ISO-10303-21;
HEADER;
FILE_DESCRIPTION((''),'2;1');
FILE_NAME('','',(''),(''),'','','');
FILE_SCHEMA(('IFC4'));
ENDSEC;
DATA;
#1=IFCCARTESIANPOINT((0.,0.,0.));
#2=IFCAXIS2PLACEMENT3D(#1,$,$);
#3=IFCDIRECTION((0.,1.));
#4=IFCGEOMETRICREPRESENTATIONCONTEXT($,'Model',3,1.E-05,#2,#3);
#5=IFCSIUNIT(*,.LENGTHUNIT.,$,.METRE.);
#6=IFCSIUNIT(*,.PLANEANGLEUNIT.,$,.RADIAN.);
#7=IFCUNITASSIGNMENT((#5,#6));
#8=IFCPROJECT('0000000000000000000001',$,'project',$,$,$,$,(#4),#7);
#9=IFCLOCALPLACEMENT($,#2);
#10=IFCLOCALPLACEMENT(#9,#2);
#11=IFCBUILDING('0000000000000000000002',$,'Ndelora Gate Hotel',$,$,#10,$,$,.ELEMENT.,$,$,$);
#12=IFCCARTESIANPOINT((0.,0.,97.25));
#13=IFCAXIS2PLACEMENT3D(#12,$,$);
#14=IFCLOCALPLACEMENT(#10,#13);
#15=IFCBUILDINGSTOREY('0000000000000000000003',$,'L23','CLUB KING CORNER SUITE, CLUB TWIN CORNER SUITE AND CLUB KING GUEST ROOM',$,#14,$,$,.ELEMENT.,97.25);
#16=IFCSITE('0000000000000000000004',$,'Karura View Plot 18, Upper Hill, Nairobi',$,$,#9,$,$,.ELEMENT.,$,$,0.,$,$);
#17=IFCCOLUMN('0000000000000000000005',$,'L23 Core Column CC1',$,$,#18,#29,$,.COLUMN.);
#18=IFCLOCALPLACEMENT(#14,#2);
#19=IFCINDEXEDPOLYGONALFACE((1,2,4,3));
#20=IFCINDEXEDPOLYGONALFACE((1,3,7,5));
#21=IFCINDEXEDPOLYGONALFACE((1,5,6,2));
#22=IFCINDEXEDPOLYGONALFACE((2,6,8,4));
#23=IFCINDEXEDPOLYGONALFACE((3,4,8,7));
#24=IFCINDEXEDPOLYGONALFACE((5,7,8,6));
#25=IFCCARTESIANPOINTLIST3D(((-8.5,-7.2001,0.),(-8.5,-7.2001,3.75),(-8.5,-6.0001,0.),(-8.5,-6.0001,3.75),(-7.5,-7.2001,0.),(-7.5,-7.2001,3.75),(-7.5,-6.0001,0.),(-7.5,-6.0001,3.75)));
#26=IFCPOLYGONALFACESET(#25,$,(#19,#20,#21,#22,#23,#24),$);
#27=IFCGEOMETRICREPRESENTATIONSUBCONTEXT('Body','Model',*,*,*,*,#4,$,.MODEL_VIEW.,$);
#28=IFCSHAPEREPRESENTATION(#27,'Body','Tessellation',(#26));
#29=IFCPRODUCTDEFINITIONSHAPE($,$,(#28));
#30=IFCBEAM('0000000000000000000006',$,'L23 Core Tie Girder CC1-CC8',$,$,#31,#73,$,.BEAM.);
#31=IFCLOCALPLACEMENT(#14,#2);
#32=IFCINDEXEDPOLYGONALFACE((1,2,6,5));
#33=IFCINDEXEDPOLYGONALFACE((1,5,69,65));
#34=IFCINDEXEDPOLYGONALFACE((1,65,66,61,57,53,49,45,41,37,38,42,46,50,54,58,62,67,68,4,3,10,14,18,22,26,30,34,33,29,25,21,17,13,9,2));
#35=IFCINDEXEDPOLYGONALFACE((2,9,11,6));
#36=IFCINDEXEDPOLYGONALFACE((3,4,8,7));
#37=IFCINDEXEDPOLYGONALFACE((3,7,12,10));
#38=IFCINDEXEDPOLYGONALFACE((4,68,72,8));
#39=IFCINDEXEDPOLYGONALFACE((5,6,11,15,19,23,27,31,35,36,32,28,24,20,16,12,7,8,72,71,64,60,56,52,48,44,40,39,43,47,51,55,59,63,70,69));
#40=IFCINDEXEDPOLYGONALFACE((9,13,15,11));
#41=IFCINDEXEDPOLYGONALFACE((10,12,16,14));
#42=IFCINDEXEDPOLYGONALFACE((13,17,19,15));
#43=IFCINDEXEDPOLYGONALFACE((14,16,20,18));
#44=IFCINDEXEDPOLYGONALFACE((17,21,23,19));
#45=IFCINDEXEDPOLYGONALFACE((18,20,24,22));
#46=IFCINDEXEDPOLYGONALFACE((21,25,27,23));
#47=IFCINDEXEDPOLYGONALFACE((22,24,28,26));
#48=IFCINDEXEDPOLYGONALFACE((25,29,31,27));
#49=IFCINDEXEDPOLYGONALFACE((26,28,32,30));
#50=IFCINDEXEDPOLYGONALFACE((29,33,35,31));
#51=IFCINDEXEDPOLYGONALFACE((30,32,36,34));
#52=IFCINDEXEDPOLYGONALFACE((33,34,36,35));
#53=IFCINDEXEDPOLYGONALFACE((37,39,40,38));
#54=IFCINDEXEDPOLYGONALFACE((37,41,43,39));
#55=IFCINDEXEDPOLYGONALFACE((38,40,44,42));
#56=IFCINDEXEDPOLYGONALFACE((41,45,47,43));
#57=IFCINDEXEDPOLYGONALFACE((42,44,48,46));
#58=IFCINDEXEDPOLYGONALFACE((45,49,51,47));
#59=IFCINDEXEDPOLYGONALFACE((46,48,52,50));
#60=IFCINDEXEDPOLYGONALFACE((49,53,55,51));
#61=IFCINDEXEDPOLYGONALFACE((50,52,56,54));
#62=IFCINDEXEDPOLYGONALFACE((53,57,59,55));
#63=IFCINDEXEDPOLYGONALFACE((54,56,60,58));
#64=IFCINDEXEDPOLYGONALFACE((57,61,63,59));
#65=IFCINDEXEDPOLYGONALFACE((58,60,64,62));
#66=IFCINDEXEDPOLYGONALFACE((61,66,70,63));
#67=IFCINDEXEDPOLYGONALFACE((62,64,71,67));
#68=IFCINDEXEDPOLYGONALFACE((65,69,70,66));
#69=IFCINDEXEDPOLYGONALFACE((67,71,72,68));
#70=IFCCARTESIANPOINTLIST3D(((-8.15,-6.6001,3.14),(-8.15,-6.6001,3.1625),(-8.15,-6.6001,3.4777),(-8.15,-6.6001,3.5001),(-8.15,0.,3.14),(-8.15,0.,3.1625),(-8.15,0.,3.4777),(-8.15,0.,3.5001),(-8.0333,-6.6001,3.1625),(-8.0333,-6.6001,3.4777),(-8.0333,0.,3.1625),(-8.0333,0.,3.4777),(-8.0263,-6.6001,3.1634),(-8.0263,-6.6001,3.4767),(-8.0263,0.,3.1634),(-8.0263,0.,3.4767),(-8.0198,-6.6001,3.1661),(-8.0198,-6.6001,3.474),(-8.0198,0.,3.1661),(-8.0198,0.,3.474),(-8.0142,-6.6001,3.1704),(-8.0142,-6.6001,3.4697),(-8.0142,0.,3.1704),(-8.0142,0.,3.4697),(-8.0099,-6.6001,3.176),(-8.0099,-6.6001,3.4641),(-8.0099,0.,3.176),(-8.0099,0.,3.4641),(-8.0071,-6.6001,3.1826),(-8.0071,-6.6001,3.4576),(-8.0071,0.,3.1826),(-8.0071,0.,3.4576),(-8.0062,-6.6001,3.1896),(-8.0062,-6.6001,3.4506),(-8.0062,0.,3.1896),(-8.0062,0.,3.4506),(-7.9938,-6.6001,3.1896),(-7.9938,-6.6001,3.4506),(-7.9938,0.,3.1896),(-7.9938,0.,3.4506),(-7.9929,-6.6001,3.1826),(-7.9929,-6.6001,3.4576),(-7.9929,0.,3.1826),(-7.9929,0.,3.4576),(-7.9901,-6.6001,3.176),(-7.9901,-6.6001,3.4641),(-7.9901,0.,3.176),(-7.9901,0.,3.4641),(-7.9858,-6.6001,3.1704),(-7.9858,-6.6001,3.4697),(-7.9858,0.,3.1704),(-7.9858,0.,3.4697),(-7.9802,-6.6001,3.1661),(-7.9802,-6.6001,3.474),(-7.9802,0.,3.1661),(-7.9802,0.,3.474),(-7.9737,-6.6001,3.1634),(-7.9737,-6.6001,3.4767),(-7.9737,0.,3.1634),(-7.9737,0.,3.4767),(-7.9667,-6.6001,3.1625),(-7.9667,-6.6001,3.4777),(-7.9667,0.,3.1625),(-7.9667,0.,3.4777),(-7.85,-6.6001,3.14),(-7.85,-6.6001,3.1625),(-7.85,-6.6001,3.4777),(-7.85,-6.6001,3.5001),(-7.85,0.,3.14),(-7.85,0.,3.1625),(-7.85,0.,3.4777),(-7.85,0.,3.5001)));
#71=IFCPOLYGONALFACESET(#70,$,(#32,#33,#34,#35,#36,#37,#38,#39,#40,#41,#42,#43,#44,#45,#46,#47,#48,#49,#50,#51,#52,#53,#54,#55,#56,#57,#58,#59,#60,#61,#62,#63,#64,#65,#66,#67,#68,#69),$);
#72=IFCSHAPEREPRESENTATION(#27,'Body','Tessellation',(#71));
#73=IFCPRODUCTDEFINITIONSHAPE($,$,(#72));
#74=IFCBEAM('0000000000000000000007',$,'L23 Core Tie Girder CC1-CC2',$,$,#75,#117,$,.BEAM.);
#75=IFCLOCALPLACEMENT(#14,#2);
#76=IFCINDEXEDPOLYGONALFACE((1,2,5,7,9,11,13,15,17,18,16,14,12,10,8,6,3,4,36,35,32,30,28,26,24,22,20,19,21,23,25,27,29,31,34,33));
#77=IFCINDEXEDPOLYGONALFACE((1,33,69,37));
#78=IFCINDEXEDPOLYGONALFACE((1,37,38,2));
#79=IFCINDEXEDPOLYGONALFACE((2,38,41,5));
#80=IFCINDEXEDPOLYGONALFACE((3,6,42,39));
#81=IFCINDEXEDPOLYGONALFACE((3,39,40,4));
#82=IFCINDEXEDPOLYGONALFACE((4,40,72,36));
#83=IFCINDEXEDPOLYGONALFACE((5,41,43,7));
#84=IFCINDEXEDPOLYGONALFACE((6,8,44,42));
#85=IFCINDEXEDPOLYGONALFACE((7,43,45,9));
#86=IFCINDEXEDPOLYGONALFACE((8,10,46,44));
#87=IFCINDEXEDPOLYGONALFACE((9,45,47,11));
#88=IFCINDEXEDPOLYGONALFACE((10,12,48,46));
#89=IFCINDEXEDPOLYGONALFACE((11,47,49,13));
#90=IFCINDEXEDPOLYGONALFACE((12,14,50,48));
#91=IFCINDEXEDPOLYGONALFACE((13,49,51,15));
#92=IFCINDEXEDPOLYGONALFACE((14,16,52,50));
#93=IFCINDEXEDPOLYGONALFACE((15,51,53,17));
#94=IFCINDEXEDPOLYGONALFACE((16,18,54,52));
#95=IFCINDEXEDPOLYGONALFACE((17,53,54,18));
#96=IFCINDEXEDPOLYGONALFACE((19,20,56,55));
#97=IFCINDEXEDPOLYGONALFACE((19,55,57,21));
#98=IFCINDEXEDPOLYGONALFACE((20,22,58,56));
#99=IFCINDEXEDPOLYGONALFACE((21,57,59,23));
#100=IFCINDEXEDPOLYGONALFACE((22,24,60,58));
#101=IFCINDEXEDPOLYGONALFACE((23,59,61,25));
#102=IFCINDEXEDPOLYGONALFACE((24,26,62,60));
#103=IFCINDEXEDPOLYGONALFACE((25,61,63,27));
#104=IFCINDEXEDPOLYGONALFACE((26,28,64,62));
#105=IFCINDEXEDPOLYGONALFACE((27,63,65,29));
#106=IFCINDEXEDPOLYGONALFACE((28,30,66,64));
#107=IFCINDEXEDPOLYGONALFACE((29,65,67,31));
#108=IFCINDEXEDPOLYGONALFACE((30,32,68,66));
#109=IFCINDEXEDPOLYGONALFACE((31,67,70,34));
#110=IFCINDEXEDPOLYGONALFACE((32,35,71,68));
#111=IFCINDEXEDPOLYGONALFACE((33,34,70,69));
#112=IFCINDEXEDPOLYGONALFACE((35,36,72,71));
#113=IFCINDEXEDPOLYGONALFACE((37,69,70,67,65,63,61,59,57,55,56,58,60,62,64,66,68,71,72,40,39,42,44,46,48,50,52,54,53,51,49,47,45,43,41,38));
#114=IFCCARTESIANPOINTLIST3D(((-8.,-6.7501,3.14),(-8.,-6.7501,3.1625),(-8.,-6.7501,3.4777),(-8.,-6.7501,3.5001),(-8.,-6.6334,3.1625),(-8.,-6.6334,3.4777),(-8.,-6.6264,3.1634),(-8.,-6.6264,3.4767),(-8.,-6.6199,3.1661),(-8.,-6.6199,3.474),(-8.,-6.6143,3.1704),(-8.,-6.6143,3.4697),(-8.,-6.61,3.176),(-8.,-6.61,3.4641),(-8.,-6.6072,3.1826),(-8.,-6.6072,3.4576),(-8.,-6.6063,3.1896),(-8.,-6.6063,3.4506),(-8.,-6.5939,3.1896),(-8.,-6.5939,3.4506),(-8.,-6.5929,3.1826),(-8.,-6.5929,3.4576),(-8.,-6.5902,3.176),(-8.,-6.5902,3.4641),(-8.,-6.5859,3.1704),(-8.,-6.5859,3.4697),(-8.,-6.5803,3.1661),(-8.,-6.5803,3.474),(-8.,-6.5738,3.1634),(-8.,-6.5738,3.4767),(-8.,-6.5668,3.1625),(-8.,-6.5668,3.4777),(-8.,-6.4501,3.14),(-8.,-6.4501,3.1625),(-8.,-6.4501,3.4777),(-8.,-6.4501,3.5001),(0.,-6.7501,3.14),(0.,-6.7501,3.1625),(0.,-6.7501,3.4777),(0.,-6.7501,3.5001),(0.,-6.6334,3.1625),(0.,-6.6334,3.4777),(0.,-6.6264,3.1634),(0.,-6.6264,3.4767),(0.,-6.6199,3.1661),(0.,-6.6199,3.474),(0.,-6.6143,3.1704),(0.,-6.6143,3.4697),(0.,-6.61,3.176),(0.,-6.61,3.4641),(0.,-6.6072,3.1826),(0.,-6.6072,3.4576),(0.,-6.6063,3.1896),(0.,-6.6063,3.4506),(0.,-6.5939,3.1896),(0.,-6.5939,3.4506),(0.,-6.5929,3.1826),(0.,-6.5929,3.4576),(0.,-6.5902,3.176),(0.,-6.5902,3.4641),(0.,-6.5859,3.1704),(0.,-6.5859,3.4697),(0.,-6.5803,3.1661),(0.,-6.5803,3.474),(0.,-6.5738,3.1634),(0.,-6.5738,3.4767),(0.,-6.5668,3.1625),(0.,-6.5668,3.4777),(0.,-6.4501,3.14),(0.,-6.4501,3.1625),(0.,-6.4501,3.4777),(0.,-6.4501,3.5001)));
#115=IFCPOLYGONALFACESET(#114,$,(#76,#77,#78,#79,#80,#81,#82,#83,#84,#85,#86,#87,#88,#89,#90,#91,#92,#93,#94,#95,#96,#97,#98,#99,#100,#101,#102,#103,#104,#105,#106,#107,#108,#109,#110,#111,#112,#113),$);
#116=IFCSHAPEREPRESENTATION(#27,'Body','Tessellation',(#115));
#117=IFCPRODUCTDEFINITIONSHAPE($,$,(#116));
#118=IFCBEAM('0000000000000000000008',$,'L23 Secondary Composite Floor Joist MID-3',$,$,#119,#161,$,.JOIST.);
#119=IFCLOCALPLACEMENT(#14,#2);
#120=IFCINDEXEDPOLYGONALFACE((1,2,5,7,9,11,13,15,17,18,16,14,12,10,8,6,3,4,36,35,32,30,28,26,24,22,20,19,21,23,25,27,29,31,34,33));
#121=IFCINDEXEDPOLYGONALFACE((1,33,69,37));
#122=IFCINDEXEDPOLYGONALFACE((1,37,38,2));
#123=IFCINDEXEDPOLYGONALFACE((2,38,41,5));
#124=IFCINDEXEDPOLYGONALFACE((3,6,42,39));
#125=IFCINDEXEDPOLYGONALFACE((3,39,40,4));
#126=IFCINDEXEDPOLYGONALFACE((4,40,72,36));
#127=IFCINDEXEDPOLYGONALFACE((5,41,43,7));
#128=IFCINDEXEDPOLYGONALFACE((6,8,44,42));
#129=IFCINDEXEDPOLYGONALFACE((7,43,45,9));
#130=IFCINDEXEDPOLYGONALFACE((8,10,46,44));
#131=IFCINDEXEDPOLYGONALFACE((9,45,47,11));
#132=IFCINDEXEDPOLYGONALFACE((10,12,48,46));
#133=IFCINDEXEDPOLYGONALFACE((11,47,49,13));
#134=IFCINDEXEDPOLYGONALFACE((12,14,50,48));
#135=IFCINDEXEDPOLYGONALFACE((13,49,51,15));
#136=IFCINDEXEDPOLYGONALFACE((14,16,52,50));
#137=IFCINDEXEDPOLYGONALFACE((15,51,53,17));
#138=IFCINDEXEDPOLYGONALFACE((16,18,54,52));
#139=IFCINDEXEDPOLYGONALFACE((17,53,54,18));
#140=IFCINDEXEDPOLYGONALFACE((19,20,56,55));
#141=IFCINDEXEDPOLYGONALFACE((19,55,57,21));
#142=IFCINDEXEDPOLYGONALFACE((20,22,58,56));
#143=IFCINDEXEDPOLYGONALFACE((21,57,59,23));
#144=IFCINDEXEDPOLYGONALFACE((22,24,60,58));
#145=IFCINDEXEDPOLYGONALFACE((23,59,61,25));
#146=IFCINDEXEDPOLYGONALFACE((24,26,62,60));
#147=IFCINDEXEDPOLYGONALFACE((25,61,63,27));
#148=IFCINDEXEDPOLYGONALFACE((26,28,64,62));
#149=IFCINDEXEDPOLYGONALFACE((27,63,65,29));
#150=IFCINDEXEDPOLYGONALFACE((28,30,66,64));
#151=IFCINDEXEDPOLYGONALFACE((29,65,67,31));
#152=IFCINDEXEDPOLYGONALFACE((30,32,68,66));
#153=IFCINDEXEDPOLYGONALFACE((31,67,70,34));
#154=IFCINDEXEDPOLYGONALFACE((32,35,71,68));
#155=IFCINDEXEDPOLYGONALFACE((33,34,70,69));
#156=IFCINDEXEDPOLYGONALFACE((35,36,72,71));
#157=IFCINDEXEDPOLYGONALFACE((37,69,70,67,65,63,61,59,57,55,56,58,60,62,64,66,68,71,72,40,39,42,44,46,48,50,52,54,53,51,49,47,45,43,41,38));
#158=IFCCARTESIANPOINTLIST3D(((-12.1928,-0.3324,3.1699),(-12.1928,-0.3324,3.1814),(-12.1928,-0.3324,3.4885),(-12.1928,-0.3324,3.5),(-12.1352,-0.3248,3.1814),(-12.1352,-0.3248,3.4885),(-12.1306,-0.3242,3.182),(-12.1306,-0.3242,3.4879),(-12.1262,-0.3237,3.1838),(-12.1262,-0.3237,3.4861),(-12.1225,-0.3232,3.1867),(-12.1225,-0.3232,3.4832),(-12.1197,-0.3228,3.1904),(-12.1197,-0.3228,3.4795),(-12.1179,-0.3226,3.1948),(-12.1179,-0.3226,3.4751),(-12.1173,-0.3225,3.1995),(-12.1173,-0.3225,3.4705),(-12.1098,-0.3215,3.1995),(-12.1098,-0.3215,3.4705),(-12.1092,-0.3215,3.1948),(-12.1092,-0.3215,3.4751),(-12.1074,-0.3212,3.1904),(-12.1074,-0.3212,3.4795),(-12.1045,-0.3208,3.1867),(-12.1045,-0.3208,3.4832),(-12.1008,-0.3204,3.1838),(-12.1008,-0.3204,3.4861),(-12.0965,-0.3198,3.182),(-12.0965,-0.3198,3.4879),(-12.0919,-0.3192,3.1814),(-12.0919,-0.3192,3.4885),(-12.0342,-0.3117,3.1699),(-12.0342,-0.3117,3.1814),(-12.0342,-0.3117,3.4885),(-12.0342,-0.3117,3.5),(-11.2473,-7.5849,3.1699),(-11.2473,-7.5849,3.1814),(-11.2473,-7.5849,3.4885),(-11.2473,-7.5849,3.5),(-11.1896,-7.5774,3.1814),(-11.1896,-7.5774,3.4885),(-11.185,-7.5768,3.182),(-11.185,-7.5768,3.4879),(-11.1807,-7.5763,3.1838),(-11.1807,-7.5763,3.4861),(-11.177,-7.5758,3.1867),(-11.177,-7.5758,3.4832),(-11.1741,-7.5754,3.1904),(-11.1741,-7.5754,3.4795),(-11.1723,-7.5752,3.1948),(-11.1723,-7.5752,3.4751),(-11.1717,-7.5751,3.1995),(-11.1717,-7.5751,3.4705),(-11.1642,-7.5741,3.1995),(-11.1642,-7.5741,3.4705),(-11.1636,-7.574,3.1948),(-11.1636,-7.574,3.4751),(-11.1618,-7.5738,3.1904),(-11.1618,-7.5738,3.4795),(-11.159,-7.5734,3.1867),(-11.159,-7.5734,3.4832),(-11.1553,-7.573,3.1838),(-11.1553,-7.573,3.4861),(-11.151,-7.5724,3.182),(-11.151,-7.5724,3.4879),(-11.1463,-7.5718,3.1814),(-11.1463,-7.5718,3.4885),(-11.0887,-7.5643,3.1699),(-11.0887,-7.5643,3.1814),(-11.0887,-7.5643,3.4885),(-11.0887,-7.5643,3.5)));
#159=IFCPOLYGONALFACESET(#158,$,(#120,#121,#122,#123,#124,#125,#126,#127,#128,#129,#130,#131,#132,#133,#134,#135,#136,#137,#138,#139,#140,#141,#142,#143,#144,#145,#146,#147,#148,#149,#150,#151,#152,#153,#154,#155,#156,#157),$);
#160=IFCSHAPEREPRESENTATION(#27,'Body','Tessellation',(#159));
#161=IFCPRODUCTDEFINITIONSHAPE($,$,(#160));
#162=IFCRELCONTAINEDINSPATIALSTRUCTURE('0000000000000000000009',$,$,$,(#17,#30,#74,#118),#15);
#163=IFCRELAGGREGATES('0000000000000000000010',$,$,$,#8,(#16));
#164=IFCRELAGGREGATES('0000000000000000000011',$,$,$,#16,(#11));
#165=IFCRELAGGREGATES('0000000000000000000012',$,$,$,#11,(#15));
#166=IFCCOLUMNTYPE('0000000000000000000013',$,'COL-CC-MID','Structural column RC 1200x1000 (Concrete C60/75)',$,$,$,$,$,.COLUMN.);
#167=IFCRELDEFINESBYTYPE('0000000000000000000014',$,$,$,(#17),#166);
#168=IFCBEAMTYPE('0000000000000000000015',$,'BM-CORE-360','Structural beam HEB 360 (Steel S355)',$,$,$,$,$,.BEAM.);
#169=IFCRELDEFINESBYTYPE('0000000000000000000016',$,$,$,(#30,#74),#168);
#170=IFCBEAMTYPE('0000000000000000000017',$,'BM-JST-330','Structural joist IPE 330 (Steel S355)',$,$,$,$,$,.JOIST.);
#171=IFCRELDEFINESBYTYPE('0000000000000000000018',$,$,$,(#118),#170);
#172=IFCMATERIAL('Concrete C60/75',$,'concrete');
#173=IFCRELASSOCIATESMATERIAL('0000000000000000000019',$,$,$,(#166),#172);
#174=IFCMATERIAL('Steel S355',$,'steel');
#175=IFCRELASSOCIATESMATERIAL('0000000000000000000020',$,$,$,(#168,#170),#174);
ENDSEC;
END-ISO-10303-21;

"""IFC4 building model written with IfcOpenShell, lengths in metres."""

from ifc_helpers import new_model, si_unit, direction, frame, origin, origin_2d, place, context, subcontext, project, spatial, rectangle, i_section, extrude, material, material_profile, profile_set, type_object, element, save


model = new_model("IFC4")

# Units and contexts
model_context = context("Model", 3, precision=1e-05, world=origin(), true_north=direction((0.0, 1.0)))
body_context = subcontext(model_context, "Body", "Model", "MODEL_VIEW")
ifc_project = project(units=[si_unit("LENGTHUNIT", "METRE"), si_unit("PLANEANGLEUNIT", "RADIAN")], contexts=[model_context])

# Site, building, storey
site_placement = place(None, origin())
site = spatial("IfcSite", under=ifc_project, at=site_placement, Name="Karura View Plot 18, Upper Hill, Nairobi", CompositionType="ELEMENT", RefElevation=0.0)
building_placement = place(site_placement, origin())
building = spatial("IfcBuilding", under=site, at=building_placement, Name="Ndelora Gate Hotel", CompositionType="ELEMENT")
storey_placement = place(building_placement, frame((0.0, 0.0, 97.25)))
storey = spatial("IfcBuildingStorey", under=building, at=storey_placement, Name="L23", Description="CLUB KING CORNER SUITE, CLUB TWIN CORNER SUITE AND CLUB KING GUEST ROOM", CompositionType="ELEMENT", Elevation=97.25)

# Column
ifc_material_1 = material(Name="Concrete C60/75", Category="concrete")
ifc_material_profile_1 = material_profile(ifc_material_1, rectangle(XDim=1.0, YDim=1.2, at=origin_2d()), Name="RC 1200x1000")
ifc_profile_set_1 = profile_set([ifc_material_profile_1], Name="Concrete C60/75")
column_type = type_object("IfcColumnType", Name="COL-CC-MID", Description="Structural column RC 1200x1000 (Concrete C60/75)", PredefinedType="COLUMN", material=ifc_profile_set_1)
column_placement = place(storey_placement, frame((-8.0, -6.6001, 0.0), z_axis=(0.0, 0.0, 1.0), x_axis=(1.0, 0.0, 0.0)))
element("IfcColumn", 1, at=column_placement, inside=storey, type_object=column_type, Name="L23 Core Column CC1", PredefinedType="COLUMN", context=body_context, shape_type="SweptSolid", body=[
    extrude(rectangle(XDim=1.0, YDim=1.2, at=origin_2d()), origin(), (0.0, 0.0, 1.0), 3.75),
])

# Beams
ifc_material_2 = material(Name="Steel S355", Category="steel")
ifc_material_profile_2 = material_profile(ifc_material_2, i_section(OverallWidth=0.3, OverallDepth=0.3601, WebThickness=0.0125, FlangeThickness=0.0225, FilletRadius=0.0271, at=origin_2d()), Name="HEB 360")
ifc_profile_set_2 = profile_set([ifc_material_profile_2], Name="Steel S355")
beam_type_1 = type_object("IfcBeamType", Name="BM-CORE-360", Description="Structural beam HEB 360 (Steel S355)", PredefinedType="BEAM", material=ifc_profile_set_2)
beam_1_placement = place(storey_placement, frame((-8.0, -6.6001, 3.3201), z_axis=(0.0, 1.0, 0.0), x_axis=(-1.0, 0.0, 0.0)))
element("IfcBeam", 2, at=beam_1_placement, inside=storey, type_object=beam_type_1, Name="L23 Core Tie Girder CC1-CC8", PredefinedType="BEAM", context=body_context, shape_type="SweptSolid", body=[
    extrude(i_section(OverallWidth=0.3, OverallDepth=0.3601, WebThickness=0.0125, FlangeThickness=0.0225, FilletRadius=0.0271, at=origin_2d()), origin(), (0.0, 0.0, 1.0), 6.6001),
])
beam_2_placement = place(storey_placement, frame((-8.0, -6.6001, 3.3201), z_axis=(1.0, 0.0, 0.0), x_axis=(0.0, 1.0, 0.0)))
element("IfcBeam", 3, at=beam_2_placement, inside=storey, type_object=beam_type_1, Name="L23 Core Tie Girder CC1-CC2", PredefinedType="BEAM", context=body_context, shape_type="SweptSolid", body=[
    extrude(i_section(OverallWidth=0.3, OverallDepth=0.3601, WebThickness=0.0125, FlangeThickness=0.0225, FilletRadius=0.0271, at=origin_2d()), origin(), (0.0, 0.0, 1.0), 8.0),
])
ifc_material_profile_3 = material_profile(ifc_material_2, i_section(OverallWidth=0.1599, OverallDepth=0.3301, WebThickness=0.0076, FlangeThickness=0.0115, FilletRadius=0.0181, at=origin_2d()), Name="IPE 330")
ifc_profile_set_3 = profile_set([ifc_material_profile_3], Name="Steel S355")
beam_type_2 = type_object("IfcBeamType", Name="BM-JST-330", Description="Structural joist IPE 330 (Steel S355)", PredefinedType="JOIST", material=ifc_profile_set_3)
beam_3_placement = place(storey_placement, frame((-12.1135, -0.322, 3.335), z_axis=(0.129279, -0.991608, 0.0), x_axis=(0.991608, 0.129279, 0.0)))
element("IfcBeam", 4, at=beam_3_placement, inside=storey, type_object=beam_type_2, Name="L23 Secondary Composite Floor Joist MID-3", PredefinedType="JOIST", context=body_context, shape_type="SweptSolid", body=[
    extrude(i_section(OverallWidth=0.1599, OverallDepth=0.3301, WebThickness=0.0076, FlangeThickness=0.0115, FilletRadius=0.0181, at=origin_2d()), origin(), (0.0, 0.0, 1.0), 7.314),
])

save(model, "model.ifc")
